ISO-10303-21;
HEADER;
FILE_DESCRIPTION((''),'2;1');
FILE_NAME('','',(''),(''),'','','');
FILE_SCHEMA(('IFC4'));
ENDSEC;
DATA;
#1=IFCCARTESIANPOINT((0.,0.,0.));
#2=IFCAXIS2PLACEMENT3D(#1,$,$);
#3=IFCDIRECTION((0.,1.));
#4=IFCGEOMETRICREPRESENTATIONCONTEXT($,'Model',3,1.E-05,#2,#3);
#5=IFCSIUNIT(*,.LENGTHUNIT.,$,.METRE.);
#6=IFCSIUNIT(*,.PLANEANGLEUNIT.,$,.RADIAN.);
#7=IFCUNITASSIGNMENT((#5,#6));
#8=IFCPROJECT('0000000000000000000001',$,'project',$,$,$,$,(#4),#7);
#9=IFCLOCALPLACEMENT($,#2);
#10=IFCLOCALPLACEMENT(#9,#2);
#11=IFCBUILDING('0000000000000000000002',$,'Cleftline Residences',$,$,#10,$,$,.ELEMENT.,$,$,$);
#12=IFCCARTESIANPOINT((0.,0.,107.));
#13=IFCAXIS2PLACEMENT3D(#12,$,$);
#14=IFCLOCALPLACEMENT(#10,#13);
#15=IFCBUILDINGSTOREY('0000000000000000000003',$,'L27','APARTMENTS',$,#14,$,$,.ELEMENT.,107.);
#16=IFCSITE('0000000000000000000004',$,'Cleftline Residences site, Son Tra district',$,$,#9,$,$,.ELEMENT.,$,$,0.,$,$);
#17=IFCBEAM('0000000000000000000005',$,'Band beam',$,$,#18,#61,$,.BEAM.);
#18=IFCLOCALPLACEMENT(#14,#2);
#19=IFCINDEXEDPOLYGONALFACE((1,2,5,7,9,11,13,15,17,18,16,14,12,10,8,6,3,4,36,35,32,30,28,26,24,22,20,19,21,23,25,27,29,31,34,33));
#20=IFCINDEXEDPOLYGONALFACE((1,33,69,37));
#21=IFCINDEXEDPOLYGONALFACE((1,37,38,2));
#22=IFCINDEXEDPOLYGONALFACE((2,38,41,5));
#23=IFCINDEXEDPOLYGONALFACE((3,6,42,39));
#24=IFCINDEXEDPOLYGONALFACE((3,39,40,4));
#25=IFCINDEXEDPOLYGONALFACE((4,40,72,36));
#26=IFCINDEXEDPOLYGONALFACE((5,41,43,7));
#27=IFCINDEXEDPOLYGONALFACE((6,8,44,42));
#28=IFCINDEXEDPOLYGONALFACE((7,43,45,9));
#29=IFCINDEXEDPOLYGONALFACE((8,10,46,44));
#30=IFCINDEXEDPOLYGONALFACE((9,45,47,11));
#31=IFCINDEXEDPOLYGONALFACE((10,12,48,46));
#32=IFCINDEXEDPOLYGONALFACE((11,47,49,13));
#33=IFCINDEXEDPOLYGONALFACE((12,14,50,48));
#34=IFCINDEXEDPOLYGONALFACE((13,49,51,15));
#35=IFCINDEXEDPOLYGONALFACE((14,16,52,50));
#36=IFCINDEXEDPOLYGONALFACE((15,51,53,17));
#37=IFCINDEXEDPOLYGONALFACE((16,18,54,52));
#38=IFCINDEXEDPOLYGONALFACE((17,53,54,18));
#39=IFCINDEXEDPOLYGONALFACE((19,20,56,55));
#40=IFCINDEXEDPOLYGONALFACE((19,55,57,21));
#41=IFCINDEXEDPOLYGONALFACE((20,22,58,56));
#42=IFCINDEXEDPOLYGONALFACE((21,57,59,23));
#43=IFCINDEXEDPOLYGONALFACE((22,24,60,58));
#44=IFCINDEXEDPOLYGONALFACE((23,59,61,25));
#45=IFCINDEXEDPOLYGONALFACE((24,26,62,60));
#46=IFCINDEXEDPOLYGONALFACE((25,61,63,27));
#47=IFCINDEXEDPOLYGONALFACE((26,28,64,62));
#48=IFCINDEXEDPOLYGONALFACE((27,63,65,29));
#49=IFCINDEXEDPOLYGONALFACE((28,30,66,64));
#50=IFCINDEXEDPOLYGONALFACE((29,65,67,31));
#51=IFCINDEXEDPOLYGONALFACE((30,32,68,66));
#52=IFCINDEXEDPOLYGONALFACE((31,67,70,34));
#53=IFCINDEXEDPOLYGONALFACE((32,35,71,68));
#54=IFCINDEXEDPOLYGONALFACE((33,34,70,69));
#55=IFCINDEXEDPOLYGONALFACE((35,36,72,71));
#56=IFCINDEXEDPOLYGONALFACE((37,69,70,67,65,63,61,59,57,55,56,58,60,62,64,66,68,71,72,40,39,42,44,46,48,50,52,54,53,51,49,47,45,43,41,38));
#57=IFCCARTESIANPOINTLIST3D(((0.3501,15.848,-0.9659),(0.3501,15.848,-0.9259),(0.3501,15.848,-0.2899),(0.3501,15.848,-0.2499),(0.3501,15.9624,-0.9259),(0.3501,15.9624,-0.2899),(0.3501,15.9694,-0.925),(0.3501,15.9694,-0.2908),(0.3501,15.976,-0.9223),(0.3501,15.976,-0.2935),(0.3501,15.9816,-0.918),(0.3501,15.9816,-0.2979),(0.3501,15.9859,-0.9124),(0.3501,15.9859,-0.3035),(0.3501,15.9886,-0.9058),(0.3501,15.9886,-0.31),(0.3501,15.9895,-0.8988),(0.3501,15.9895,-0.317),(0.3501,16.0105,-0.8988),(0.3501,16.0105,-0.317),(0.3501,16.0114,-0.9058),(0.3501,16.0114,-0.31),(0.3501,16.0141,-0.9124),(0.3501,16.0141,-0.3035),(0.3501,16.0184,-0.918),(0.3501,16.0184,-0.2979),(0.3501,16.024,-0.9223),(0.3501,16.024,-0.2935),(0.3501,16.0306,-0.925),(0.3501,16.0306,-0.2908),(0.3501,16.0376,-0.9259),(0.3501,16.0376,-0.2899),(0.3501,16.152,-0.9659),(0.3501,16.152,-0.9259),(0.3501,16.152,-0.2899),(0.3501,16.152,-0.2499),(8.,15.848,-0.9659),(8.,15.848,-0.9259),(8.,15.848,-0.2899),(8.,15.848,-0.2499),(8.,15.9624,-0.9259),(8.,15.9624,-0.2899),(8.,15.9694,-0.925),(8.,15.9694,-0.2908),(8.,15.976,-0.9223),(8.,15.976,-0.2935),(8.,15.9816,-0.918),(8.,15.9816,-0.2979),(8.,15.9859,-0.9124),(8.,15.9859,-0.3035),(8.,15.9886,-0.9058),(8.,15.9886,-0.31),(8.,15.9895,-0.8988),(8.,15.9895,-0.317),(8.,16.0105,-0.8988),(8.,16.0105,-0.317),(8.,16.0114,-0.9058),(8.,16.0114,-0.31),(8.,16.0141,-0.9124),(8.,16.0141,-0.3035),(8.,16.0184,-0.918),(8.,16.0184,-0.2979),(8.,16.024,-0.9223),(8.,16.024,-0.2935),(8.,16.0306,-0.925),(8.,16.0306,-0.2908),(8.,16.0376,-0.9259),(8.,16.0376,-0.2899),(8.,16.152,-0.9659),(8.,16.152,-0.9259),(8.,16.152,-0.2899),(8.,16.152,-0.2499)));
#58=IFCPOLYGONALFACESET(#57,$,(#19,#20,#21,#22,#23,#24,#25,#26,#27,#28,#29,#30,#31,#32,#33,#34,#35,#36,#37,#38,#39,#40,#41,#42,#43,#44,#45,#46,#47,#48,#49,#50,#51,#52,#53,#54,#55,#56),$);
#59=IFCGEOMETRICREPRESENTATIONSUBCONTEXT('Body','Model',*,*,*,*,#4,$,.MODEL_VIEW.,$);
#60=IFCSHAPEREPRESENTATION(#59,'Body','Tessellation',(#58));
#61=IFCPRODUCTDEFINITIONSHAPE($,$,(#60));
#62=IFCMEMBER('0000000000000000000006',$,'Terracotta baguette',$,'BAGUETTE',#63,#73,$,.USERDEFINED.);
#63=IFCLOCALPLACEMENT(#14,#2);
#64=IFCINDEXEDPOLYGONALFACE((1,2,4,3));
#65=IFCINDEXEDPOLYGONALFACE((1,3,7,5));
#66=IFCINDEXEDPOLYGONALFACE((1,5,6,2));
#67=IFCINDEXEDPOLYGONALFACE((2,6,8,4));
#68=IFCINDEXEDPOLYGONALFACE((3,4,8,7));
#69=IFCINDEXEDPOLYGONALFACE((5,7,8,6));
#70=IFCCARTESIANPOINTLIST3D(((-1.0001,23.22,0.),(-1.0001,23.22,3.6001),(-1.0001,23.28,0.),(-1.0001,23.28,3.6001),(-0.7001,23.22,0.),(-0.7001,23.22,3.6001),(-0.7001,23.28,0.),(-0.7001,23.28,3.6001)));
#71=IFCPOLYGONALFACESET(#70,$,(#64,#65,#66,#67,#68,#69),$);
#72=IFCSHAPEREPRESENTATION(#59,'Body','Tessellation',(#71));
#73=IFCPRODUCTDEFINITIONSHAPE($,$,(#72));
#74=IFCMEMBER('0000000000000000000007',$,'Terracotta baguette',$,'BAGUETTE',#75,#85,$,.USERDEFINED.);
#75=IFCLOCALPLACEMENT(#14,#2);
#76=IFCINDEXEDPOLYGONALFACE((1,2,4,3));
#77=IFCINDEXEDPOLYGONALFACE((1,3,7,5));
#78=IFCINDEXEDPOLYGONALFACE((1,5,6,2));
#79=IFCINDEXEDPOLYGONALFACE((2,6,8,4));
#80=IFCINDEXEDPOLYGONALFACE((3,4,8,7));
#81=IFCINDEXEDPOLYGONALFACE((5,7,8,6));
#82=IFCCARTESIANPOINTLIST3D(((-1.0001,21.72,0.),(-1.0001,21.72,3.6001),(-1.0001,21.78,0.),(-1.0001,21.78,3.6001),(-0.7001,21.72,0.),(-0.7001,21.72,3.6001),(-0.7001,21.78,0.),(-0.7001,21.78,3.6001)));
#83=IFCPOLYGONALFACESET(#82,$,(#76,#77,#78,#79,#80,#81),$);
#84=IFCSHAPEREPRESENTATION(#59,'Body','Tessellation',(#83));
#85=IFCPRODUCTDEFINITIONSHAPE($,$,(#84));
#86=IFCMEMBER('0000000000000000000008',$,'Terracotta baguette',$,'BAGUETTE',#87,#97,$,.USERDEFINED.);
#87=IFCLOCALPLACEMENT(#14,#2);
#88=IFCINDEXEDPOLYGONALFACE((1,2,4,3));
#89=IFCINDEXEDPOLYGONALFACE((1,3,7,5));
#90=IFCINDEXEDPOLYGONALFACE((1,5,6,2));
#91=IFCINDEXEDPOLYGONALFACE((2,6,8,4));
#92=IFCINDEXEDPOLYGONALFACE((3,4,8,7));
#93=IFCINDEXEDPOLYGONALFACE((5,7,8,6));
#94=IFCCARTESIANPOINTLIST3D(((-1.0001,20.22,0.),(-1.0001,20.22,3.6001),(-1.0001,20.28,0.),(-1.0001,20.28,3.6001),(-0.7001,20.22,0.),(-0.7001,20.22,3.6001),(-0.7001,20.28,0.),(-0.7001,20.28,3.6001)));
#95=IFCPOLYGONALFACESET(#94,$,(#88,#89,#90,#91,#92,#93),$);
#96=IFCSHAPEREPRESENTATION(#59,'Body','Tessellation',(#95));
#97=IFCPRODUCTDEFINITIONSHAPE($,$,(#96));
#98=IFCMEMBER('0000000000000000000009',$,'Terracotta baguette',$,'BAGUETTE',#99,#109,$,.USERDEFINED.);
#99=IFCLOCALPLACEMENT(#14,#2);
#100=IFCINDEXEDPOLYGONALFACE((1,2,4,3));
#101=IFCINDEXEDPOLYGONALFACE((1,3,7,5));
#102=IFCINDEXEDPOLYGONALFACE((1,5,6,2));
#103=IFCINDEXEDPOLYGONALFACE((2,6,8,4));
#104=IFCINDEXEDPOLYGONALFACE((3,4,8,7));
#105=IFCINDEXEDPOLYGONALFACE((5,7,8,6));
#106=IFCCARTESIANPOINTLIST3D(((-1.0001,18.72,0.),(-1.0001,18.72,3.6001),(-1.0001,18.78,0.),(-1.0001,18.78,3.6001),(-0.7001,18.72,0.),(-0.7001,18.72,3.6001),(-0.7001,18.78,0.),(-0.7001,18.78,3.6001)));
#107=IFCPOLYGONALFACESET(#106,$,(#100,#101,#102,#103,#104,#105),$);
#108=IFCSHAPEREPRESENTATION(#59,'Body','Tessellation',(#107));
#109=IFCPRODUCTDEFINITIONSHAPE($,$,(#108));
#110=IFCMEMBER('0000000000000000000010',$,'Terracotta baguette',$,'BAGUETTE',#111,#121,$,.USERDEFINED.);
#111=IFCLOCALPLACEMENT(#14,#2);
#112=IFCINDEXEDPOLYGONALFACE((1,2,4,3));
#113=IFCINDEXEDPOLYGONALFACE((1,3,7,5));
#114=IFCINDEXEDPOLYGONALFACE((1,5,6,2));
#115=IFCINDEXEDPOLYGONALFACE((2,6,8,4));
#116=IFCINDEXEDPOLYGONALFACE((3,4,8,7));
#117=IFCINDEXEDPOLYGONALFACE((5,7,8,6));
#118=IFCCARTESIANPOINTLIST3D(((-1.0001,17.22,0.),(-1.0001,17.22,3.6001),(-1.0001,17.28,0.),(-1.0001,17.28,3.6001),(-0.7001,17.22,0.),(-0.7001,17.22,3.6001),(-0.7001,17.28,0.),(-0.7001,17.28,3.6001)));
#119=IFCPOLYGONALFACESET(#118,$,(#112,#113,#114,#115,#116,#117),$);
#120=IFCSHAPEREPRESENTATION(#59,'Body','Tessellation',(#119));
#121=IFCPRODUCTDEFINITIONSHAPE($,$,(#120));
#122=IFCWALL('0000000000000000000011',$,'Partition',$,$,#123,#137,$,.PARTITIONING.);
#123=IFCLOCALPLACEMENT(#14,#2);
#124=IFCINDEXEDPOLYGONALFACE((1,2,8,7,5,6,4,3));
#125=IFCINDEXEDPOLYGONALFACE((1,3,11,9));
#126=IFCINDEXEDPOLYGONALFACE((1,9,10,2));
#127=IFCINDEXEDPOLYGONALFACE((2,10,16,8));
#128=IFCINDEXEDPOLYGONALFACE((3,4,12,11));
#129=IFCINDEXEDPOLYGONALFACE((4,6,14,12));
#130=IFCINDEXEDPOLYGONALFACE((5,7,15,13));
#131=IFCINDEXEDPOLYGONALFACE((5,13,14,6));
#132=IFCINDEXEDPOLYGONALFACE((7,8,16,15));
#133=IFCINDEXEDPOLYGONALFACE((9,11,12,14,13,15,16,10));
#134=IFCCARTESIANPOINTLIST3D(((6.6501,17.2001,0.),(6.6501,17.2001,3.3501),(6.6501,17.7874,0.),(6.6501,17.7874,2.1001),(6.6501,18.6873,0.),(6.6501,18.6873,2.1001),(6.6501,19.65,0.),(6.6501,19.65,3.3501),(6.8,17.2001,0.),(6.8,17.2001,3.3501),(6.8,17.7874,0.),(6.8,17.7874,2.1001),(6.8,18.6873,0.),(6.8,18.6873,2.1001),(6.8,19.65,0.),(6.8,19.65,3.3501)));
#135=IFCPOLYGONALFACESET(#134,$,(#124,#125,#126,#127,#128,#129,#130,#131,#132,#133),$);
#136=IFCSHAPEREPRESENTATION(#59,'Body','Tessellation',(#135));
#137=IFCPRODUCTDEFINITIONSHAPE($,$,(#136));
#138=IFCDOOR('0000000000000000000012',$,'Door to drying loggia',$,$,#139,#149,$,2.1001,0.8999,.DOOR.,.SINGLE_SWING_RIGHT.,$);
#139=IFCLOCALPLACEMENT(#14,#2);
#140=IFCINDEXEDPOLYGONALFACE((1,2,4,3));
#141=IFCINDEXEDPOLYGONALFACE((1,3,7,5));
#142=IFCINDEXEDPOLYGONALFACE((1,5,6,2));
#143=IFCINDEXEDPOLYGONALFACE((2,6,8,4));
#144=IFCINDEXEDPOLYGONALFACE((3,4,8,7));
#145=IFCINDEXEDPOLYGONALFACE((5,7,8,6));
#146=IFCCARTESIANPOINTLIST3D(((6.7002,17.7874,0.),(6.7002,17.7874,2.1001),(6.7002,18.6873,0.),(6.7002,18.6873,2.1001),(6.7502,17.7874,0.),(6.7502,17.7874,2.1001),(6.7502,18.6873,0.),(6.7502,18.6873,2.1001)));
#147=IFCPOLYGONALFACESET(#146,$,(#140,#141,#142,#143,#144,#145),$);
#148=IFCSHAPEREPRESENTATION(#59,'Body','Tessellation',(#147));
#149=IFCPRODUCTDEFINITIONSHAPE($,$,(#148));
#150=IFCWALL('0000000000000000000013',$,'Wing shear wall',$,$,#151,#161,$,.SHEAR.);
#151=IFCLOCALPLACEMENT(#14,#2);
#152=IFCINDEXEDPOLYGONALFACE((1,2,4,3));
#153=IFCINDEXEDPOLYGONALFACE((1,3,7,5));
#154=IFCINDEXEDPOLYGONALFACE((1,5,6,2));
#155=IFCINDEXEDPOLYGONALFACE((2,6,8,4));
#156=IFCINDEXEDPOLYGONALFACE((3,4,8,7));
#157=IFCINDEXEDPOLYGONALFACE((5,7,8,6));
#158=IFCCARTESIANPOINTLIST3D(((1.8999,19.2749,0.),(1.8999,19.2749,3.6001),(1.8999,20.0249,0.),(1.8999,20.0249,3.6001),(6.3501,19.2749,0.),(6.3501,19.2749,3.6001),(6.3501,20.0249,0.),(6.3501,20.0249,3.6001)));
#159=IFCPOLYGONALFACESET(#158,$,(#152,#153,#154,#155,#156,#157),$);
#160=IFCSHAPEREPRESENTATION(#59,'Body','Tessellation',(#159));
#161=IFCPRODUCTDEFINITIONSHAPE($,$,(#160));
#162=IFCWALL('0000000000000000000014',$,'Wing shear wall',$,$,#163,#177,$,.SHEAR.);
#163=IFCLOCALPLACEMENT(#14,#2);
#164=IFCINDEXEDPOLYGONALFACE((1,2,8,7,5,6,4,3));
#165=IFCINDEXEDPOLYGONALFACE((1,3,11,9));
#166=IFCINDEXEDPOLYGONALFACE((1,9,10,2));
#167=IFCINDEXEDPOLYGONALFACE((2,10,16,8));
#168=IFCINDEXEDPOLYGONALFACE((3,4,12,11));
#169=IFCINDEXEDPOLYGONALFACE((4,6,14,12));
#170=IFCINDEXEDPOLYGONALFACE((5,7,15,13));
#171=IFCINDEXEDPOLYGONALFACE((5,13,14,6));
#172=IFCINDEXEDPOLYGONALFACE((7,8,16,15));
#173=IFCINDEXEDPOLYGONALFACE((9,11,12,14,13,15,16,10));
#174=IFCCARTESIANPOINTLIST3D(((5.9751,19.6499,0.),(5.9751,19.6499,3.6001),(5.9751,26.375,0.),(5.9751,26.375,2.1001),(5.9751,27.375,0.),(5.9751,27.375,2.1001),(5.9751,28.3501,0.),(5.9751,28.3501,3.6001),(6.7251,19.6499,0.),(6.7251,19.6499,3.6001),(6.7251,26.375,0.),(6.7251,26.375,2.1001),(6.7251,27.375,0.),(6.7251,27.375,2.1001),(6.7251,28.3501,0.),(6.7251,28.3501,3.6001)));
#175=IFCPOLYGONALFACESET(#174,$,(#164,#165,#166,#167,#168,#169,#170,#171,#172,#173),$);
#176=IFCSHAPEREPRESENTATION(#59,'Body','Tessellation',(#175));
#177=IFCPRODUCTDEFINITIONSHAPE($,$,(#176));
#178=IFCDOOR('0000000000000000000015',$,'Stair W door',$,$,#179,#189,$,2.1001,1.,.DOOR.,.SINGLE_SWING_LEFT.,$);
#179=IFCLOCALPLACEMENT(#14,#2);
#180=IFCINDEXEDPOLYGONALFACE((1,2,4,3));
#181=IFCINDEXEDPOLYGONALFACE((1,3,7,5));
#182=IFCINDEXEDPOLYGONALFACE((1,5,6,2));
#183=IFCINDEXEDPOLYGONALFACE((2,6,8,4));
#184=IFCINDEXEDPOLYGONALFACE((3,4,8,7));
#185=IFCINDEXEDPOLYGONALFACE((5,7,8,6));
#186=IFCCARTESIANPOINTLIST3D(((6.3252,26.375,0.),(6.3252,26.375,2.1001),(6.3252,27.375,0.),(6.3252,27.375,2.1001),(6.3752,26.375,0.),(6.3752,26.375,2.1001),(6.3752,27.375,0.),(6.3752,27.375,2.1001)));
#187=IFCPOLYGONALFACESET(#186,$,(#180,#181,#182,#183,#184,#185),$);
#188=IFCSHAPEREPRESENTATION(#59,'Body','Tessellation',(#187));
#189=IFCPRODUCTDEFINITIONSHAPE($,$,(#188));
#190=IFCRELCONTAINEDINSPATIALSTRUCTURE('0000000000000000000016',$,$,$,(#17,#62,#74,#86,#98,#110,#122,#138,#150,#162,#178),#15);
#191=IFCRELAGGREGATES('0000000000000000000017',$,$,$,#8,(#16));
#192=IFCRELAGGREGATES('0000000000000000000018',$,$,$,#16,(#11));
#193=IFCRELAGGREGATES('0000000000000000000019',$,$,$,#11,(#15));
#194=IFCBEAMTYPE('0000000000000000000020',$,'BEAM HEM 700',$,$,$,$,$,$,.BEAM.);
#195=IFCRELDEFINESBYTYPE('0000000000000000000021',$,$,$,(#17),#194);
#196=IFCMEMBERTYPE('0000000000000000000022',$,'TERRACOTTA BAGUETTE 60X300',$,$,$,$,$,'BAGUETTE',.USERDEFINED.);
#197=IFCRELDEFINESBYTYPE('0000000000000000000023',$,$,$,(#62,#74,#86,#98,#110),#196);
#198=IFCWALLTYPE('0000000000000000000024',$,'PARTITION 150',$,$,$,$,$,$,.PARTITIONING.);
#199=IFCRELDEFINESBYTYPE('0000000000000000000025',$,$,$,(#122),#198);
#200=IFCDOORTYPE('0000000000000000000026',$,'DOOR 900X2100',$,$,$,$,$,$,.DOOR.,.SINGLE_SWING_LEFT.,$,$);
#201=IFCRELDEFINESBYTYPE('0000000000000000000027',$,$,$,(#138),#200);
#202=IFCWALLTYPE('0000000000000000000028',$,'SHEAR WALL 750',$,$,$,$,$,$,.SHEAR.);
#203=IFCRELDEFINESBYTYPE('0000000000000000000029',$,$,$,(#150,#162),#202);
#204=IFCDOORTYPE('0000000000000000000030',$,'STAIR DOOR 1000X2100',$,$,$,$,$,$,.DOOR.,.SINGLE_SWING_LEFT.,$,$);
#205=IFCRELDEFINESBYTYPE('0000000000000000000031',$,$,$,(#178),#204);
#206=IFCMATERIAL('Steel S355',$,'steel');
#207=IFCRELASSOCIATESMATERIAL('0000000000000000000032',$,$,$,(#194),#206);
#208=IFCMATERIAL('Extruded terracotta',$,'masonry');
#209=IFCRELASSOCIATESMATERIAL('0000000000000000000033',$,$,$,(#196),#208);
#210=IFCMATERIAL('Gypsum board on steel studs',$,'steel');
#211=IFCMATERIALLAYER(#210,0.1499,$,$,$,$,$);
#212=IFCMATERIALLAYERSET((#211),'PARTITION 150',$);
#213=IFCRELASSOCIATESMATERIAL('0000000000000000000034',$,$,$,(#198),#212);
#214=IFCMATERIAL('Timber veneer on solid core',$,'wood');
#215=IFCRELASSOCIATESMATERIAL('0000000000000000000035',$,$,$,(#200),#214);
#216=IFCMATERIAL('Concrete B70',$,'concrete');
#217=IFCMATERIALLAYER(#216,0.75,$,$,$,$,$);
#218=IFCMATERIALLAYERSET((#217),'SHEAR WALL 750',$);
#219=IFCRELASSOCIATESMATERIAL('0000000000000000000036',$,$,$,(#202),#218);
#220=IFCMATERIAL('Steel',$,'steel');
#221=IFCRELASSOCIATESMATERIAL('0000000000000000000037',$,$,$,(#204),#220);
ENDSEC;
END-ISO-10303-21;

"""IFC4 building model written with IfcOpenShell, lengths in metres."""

from ifc_helpers import new_model, si_unit, direction, frame, frame_2d, origin, origin_2d, place, context, subcontext, project, spatial, rectangle, i_section, extrude, material, layer, layer_set, material_profile, profile_set, type_object, element, fill, save


model = new_model("IFC4")

# Units and contexts
model_context = context("Model", 3, precision=1e-05, world=origin(), true_north=direction((0.0, 1.0)))
body_context = subcontext(model_context, "Body", "Model", "MODEL_VIEW")
ifc_project = project(units=[si_unit("LENGTHUNIT", "METRE"), si_unit("PLANEANGLEUNIT", "RADIAN")], contexts=[model_context])

# Site, building, storey
site_placement = place(None, origin())
site = spatial("IfcSite", under=ifc_project, at=site_placement, Name="Cleftline Residences site, Son Tra district", CompositionType="ELEMENT", RefElevation=0.0)
building_placement = place(site_placement, origin())
building = spatial("IfcBuilding", under=site, at=building_placement, Name="Cleftline Residences", CompositionType="ELEMENT")
storey_placement = place(building_placement, frame((0.0, 0.0, 107.0)))
storey = spatial("IfcBuildingStorey", under=building, at=storey_placement, Name="L27", Description="APARTMENTS", CompositionType="ELEMENT", Elevation=107.0)

# Beam
ifc_material_1 = material(Name="Steel S355", Category="steel")
ifc_material_profile_1 = material_profile(ifc_material_1, i_section(OverallWidth=0.304, OverallDepth=0.7161, WebThickness=0.021, FlangeThickness=0.04, FilletRadius=0.0271, at=origin_2d()))
ifc_profile_set_1 = profile_set([ifc_material_profile_1], Name="Steel S355")
beam_type_1 = type_object("IfcBeamType", Name="BEAM HEM 700", PredefinedType="BEAM", material=ifc_profile_set_1)
beam_1_placement = place(storey_placement, frame((0.3501, 16.0, -0.6079), z_axis=(1.0, 0.0, 0.0), x_axis=(0.0, 1.0, 0.0)))
element("IfcBeam", 1, at=beam_1_placement, inside=storey, type_object=beam_type_1, Name="Band beam", PredefinedType="BEAM", context=body_context, shape_type="SweptSolid", body=[
    extrude(i_section(OverallWidth=0.304, OverallDepth=0.7161, WebThickness=0.021, FlangeThickness=0.04, FilletRadius=0.0271, at=origin_2d()), origin(), (0.0, 0.0, 1.0), 7.6499),
])

# Members
ifc_material_2 = material(Name="Extruded terracotta", Category="masonry")
ifc_material_profile_2 = material_profile(ifc_material_2, rectangle(XDim=0.0601, YDim=0.3, at=origin_2d()))
ifc_profile_set_2 = profile_set([ifc_material_profile_2], Name="Extruded terracotta")
member_type_1 = type_object("IfcMemberType", Name="TERRACOTTA BAGUETTE 60X300", ElementType="BAGUETTE", PredefinedType="USERDEFINED", material=ifc_profile_set_2)
for number, where, z_axis, x_axis, name in (
    (2, (-0.8501, 23.25, 0.0), (0.0, 0.0, 1.0), (0.0, 1.0, 0.0), "Terracotta baguette"),
    (3, (-0.8501, 21.75, 0.0), (0.0, 0.0, 1.0), (0.0, 1.0, 0.0), "Terracotta baguette"),
    (4, (-0.8501, 20.25, 0.0), (0.0, 0.0, 1.0), (0.0, 1.0, 0.0), "Terracotta baguette"),
    (5, (-0.8501, 18.75, 0.0), (0.0, 0.0, 1.0), (0.0, 1.0, 0.0), "Terracotta baguette"),
    (6, (-0.8501, 17.25, 0.0), (0.0, 0.0, 1.0), (0.0, 1.0, 0.0), "Terracotta baguette"),
):
    element("IfcMember", number, at=place(storey_placement, frame(where, z_axis=z_axis, x_axis=x_axis)), inside=storey, type_object=member_type_1, Name=name, ObjectType="BAGUETTE", PredefinedType="USERDEFINED", context=body_context, shape_type="SweptSolid", body=[
        extrude(rectangle(XDim=0.0601, YDim=0.3, at=origin_2d()), origin(), (0.0, 0.0, 1.0), 3.6001),
    ])

# Wall, opening, door
ifc_material_3 = material(Name="Gypsum board on steel studs", Category="steel")
ifc_layer_1 = layer(ifc_material_3, 0.1499)
ifc_layer_set_1 = layer_set([ifc_layer_1], Name="PARTITION 150")
wall_type_1 = type_object("IfcWallType", Name="PARTITION 150", PredefinedType="PARTITIONING", material=ifc_layer_set_1)
wall_1_placement = place(storey_placement, frame((6.7251, 17.2, 0.0), z_axis=(0.0, 0.0, 1.0), x_axis=(0.0, 1.0, 0.0)))
wall_1 = element("IfcWall", 7, at=wall_1_placement, inside=storey, type_object=wall_type_1, Name="Partition", PredefinedType="PARTITIONING", context=body_context, shape_type="SweptSolid", body=[
    extrude(rectangle(XDim=2.45, YDim=0.1499, at=frame_2d((1.2251, 0.0))), origin(), (0.0, 0.0, 1.0), 3.3501),
])
opening_1_placement = place(wall_1_placement, frame((0.5874, 0.0, 0.0)))
opening_1 = element("IfcOpeningElement", 8, at=opening_1_placement, cuts=wall_1, PredefinedType="OPENING", context=body_context, shape_type="SweptSolid", body=[
    extrude(rectangle(XDim=0.8999, YDim=2.1001, at=frame_2d((0.45, 1.05))), frame((0.0, 0.085, 0.0), z_axis=(0.0, -1.0, 0.0), x_axis=(1.0, 0.0, 0.0)), (0.0, 0.0, 1.0), 0.1699),
])
ifc_material_4 = material(Name="Timber veneer on solid core", Category="wood")
door_type_1 = type_object("IfcDoorType", Name="DOOR 900X2100", OperationType="SINGLE_SWING_LEFT", PredefinedType="DOOR", material=ifc_material_4)
door_1_placement = place(opening_1_placement, origin())
door_1 = element("IfcDoor", 9, at=door_1_placement, inside=storey, type_object=door_type_1, Name="Door to drying loggia", OperationType="SINGLE_SWING_RIGHT", OverallHeight=2.1001, OverallWidth=0.8999, PredefinedType="DOOR", context=body_context, shape_type="SweptSolid", body=[
    extrude(rectangle(XDim=0.8999, YDim=2.1001, at=frame_2d((0.45, 1.05))), frame((0.0, 0.0249, 0.0), z_axis=(0.0, -1.0, 0.0), x_axis=(1.0, 0.0, 0.0)), (0.0, 0.0, 1.0), 0.05),
])
fill(opening_1, door_1)

# Wall
ifc_material_5 = material(Name="Concrete B70", Category="concrete")
ifc_layer_2 = layer(ifc_material_5, 0.75)
ifc_layer_set_2 = layer_set([ifc_layer_2], Name="SHEAR WALL 750")
wall_type_2 = type_object("IfcWallType", Name="SHEAR WALL 750", PredefinedType="SHEAR", material=ifc_layer_set_2)
wall_2_placement = place(storey_placement, frame((1.8999, 19.6499, 0.0), z_axis=(0.0, 0.0, 1.0), x_axis=(1.0, 0.0, 0.0)))
element("IfcWall", 10, at=wall_2_placement, inside=storey, type_object=wall_type_2, Name="Wing shear wall", PredefinedType="SHEAR", context=body_context, shape_type="SweptSolid", body=[
    extrude(rectangle(XDim=4.4502, YDim=0.75, at=frame_2d((2.2251, 0.0))), origin(), (0.0, 0.0, 1.0), 3.6001),
])

# Wall, opening, door
wall_3_placement = place(storey_placement, frame((6.3501, 19.6499, 0.0), z_axis=(0.0, 0.0, 1.0), x_axis=(0.0, 1.0, 0.0)))
wall_3 = element("IfcWall", 11, at=wall_3_placement, inside=storey, type_object=wall_type_2, Name="Wing shear wall", PredefinedType="SHEAR", context=body_context, shape_type="SweptSolid", body=[
    extrude(rectangle(XDim=8.7002, YDim=0.75, at=frame_2d((4.3501, 0.0))), origin(), (0.0, 0.0, 1.0), 3.6001),
])
opening_2_placement = place(wall_3_placement, frame((6.7251, 0.0, 0.0)))
opening_2 = element("IfcOpeningElement", 12, at=opening_2_placement, cuts=wall_3, PredefinedType="OPENING", context=body_context, shape_type="SweptSolid", body=[
    extrude(rectangle(XDim=1.0, YDim=2.1001, at=frame_2d((0.5, 1.05))), frame((0.0, 0.385, 0.0), z_axis=(0.0, -1.0, 0.0), x_axis=(1.0, 0.0, 0.0)), (0.0, 0.0, 1.0), 0.77),
])
ifc_material_6 = material(Name="Steel", Category="steel")
door_type_2 = type_object("IfcDoorType", Name="STAIR DOOR 1000X2100", OperationType="SINGLE_SWING_LEFT", PredefinedType="DOOR", material=ifc_material_6)
door_2_placement = place(opening_2_placement, origin())
door_2 = element("IfcDoor", 13, at=door_2_placement, inside=storey, type_object=door_type_2, Name="Stair W door", OperationType="SINGLE_SWING_LEFT", OverallHeight=2.1001, OverallWidth=1.0, PredefinedType="DOOR", context=body_context, shape_type="SweptSolid", body=[
    extrude(rectangle(XDim=1.0, YDim=2.1001, at=frame_2d((0.5, 1.05))), frame((0.0, 0.0249, 0.0), z_axis=(0.0, -1.0, 0.0), x_axis=(1.0, 0.0, 0.0)), (0.0, 0.0, 1.0), 0.05),
])
fill(opening_2, door_2)

save(model, "model.ifc")
